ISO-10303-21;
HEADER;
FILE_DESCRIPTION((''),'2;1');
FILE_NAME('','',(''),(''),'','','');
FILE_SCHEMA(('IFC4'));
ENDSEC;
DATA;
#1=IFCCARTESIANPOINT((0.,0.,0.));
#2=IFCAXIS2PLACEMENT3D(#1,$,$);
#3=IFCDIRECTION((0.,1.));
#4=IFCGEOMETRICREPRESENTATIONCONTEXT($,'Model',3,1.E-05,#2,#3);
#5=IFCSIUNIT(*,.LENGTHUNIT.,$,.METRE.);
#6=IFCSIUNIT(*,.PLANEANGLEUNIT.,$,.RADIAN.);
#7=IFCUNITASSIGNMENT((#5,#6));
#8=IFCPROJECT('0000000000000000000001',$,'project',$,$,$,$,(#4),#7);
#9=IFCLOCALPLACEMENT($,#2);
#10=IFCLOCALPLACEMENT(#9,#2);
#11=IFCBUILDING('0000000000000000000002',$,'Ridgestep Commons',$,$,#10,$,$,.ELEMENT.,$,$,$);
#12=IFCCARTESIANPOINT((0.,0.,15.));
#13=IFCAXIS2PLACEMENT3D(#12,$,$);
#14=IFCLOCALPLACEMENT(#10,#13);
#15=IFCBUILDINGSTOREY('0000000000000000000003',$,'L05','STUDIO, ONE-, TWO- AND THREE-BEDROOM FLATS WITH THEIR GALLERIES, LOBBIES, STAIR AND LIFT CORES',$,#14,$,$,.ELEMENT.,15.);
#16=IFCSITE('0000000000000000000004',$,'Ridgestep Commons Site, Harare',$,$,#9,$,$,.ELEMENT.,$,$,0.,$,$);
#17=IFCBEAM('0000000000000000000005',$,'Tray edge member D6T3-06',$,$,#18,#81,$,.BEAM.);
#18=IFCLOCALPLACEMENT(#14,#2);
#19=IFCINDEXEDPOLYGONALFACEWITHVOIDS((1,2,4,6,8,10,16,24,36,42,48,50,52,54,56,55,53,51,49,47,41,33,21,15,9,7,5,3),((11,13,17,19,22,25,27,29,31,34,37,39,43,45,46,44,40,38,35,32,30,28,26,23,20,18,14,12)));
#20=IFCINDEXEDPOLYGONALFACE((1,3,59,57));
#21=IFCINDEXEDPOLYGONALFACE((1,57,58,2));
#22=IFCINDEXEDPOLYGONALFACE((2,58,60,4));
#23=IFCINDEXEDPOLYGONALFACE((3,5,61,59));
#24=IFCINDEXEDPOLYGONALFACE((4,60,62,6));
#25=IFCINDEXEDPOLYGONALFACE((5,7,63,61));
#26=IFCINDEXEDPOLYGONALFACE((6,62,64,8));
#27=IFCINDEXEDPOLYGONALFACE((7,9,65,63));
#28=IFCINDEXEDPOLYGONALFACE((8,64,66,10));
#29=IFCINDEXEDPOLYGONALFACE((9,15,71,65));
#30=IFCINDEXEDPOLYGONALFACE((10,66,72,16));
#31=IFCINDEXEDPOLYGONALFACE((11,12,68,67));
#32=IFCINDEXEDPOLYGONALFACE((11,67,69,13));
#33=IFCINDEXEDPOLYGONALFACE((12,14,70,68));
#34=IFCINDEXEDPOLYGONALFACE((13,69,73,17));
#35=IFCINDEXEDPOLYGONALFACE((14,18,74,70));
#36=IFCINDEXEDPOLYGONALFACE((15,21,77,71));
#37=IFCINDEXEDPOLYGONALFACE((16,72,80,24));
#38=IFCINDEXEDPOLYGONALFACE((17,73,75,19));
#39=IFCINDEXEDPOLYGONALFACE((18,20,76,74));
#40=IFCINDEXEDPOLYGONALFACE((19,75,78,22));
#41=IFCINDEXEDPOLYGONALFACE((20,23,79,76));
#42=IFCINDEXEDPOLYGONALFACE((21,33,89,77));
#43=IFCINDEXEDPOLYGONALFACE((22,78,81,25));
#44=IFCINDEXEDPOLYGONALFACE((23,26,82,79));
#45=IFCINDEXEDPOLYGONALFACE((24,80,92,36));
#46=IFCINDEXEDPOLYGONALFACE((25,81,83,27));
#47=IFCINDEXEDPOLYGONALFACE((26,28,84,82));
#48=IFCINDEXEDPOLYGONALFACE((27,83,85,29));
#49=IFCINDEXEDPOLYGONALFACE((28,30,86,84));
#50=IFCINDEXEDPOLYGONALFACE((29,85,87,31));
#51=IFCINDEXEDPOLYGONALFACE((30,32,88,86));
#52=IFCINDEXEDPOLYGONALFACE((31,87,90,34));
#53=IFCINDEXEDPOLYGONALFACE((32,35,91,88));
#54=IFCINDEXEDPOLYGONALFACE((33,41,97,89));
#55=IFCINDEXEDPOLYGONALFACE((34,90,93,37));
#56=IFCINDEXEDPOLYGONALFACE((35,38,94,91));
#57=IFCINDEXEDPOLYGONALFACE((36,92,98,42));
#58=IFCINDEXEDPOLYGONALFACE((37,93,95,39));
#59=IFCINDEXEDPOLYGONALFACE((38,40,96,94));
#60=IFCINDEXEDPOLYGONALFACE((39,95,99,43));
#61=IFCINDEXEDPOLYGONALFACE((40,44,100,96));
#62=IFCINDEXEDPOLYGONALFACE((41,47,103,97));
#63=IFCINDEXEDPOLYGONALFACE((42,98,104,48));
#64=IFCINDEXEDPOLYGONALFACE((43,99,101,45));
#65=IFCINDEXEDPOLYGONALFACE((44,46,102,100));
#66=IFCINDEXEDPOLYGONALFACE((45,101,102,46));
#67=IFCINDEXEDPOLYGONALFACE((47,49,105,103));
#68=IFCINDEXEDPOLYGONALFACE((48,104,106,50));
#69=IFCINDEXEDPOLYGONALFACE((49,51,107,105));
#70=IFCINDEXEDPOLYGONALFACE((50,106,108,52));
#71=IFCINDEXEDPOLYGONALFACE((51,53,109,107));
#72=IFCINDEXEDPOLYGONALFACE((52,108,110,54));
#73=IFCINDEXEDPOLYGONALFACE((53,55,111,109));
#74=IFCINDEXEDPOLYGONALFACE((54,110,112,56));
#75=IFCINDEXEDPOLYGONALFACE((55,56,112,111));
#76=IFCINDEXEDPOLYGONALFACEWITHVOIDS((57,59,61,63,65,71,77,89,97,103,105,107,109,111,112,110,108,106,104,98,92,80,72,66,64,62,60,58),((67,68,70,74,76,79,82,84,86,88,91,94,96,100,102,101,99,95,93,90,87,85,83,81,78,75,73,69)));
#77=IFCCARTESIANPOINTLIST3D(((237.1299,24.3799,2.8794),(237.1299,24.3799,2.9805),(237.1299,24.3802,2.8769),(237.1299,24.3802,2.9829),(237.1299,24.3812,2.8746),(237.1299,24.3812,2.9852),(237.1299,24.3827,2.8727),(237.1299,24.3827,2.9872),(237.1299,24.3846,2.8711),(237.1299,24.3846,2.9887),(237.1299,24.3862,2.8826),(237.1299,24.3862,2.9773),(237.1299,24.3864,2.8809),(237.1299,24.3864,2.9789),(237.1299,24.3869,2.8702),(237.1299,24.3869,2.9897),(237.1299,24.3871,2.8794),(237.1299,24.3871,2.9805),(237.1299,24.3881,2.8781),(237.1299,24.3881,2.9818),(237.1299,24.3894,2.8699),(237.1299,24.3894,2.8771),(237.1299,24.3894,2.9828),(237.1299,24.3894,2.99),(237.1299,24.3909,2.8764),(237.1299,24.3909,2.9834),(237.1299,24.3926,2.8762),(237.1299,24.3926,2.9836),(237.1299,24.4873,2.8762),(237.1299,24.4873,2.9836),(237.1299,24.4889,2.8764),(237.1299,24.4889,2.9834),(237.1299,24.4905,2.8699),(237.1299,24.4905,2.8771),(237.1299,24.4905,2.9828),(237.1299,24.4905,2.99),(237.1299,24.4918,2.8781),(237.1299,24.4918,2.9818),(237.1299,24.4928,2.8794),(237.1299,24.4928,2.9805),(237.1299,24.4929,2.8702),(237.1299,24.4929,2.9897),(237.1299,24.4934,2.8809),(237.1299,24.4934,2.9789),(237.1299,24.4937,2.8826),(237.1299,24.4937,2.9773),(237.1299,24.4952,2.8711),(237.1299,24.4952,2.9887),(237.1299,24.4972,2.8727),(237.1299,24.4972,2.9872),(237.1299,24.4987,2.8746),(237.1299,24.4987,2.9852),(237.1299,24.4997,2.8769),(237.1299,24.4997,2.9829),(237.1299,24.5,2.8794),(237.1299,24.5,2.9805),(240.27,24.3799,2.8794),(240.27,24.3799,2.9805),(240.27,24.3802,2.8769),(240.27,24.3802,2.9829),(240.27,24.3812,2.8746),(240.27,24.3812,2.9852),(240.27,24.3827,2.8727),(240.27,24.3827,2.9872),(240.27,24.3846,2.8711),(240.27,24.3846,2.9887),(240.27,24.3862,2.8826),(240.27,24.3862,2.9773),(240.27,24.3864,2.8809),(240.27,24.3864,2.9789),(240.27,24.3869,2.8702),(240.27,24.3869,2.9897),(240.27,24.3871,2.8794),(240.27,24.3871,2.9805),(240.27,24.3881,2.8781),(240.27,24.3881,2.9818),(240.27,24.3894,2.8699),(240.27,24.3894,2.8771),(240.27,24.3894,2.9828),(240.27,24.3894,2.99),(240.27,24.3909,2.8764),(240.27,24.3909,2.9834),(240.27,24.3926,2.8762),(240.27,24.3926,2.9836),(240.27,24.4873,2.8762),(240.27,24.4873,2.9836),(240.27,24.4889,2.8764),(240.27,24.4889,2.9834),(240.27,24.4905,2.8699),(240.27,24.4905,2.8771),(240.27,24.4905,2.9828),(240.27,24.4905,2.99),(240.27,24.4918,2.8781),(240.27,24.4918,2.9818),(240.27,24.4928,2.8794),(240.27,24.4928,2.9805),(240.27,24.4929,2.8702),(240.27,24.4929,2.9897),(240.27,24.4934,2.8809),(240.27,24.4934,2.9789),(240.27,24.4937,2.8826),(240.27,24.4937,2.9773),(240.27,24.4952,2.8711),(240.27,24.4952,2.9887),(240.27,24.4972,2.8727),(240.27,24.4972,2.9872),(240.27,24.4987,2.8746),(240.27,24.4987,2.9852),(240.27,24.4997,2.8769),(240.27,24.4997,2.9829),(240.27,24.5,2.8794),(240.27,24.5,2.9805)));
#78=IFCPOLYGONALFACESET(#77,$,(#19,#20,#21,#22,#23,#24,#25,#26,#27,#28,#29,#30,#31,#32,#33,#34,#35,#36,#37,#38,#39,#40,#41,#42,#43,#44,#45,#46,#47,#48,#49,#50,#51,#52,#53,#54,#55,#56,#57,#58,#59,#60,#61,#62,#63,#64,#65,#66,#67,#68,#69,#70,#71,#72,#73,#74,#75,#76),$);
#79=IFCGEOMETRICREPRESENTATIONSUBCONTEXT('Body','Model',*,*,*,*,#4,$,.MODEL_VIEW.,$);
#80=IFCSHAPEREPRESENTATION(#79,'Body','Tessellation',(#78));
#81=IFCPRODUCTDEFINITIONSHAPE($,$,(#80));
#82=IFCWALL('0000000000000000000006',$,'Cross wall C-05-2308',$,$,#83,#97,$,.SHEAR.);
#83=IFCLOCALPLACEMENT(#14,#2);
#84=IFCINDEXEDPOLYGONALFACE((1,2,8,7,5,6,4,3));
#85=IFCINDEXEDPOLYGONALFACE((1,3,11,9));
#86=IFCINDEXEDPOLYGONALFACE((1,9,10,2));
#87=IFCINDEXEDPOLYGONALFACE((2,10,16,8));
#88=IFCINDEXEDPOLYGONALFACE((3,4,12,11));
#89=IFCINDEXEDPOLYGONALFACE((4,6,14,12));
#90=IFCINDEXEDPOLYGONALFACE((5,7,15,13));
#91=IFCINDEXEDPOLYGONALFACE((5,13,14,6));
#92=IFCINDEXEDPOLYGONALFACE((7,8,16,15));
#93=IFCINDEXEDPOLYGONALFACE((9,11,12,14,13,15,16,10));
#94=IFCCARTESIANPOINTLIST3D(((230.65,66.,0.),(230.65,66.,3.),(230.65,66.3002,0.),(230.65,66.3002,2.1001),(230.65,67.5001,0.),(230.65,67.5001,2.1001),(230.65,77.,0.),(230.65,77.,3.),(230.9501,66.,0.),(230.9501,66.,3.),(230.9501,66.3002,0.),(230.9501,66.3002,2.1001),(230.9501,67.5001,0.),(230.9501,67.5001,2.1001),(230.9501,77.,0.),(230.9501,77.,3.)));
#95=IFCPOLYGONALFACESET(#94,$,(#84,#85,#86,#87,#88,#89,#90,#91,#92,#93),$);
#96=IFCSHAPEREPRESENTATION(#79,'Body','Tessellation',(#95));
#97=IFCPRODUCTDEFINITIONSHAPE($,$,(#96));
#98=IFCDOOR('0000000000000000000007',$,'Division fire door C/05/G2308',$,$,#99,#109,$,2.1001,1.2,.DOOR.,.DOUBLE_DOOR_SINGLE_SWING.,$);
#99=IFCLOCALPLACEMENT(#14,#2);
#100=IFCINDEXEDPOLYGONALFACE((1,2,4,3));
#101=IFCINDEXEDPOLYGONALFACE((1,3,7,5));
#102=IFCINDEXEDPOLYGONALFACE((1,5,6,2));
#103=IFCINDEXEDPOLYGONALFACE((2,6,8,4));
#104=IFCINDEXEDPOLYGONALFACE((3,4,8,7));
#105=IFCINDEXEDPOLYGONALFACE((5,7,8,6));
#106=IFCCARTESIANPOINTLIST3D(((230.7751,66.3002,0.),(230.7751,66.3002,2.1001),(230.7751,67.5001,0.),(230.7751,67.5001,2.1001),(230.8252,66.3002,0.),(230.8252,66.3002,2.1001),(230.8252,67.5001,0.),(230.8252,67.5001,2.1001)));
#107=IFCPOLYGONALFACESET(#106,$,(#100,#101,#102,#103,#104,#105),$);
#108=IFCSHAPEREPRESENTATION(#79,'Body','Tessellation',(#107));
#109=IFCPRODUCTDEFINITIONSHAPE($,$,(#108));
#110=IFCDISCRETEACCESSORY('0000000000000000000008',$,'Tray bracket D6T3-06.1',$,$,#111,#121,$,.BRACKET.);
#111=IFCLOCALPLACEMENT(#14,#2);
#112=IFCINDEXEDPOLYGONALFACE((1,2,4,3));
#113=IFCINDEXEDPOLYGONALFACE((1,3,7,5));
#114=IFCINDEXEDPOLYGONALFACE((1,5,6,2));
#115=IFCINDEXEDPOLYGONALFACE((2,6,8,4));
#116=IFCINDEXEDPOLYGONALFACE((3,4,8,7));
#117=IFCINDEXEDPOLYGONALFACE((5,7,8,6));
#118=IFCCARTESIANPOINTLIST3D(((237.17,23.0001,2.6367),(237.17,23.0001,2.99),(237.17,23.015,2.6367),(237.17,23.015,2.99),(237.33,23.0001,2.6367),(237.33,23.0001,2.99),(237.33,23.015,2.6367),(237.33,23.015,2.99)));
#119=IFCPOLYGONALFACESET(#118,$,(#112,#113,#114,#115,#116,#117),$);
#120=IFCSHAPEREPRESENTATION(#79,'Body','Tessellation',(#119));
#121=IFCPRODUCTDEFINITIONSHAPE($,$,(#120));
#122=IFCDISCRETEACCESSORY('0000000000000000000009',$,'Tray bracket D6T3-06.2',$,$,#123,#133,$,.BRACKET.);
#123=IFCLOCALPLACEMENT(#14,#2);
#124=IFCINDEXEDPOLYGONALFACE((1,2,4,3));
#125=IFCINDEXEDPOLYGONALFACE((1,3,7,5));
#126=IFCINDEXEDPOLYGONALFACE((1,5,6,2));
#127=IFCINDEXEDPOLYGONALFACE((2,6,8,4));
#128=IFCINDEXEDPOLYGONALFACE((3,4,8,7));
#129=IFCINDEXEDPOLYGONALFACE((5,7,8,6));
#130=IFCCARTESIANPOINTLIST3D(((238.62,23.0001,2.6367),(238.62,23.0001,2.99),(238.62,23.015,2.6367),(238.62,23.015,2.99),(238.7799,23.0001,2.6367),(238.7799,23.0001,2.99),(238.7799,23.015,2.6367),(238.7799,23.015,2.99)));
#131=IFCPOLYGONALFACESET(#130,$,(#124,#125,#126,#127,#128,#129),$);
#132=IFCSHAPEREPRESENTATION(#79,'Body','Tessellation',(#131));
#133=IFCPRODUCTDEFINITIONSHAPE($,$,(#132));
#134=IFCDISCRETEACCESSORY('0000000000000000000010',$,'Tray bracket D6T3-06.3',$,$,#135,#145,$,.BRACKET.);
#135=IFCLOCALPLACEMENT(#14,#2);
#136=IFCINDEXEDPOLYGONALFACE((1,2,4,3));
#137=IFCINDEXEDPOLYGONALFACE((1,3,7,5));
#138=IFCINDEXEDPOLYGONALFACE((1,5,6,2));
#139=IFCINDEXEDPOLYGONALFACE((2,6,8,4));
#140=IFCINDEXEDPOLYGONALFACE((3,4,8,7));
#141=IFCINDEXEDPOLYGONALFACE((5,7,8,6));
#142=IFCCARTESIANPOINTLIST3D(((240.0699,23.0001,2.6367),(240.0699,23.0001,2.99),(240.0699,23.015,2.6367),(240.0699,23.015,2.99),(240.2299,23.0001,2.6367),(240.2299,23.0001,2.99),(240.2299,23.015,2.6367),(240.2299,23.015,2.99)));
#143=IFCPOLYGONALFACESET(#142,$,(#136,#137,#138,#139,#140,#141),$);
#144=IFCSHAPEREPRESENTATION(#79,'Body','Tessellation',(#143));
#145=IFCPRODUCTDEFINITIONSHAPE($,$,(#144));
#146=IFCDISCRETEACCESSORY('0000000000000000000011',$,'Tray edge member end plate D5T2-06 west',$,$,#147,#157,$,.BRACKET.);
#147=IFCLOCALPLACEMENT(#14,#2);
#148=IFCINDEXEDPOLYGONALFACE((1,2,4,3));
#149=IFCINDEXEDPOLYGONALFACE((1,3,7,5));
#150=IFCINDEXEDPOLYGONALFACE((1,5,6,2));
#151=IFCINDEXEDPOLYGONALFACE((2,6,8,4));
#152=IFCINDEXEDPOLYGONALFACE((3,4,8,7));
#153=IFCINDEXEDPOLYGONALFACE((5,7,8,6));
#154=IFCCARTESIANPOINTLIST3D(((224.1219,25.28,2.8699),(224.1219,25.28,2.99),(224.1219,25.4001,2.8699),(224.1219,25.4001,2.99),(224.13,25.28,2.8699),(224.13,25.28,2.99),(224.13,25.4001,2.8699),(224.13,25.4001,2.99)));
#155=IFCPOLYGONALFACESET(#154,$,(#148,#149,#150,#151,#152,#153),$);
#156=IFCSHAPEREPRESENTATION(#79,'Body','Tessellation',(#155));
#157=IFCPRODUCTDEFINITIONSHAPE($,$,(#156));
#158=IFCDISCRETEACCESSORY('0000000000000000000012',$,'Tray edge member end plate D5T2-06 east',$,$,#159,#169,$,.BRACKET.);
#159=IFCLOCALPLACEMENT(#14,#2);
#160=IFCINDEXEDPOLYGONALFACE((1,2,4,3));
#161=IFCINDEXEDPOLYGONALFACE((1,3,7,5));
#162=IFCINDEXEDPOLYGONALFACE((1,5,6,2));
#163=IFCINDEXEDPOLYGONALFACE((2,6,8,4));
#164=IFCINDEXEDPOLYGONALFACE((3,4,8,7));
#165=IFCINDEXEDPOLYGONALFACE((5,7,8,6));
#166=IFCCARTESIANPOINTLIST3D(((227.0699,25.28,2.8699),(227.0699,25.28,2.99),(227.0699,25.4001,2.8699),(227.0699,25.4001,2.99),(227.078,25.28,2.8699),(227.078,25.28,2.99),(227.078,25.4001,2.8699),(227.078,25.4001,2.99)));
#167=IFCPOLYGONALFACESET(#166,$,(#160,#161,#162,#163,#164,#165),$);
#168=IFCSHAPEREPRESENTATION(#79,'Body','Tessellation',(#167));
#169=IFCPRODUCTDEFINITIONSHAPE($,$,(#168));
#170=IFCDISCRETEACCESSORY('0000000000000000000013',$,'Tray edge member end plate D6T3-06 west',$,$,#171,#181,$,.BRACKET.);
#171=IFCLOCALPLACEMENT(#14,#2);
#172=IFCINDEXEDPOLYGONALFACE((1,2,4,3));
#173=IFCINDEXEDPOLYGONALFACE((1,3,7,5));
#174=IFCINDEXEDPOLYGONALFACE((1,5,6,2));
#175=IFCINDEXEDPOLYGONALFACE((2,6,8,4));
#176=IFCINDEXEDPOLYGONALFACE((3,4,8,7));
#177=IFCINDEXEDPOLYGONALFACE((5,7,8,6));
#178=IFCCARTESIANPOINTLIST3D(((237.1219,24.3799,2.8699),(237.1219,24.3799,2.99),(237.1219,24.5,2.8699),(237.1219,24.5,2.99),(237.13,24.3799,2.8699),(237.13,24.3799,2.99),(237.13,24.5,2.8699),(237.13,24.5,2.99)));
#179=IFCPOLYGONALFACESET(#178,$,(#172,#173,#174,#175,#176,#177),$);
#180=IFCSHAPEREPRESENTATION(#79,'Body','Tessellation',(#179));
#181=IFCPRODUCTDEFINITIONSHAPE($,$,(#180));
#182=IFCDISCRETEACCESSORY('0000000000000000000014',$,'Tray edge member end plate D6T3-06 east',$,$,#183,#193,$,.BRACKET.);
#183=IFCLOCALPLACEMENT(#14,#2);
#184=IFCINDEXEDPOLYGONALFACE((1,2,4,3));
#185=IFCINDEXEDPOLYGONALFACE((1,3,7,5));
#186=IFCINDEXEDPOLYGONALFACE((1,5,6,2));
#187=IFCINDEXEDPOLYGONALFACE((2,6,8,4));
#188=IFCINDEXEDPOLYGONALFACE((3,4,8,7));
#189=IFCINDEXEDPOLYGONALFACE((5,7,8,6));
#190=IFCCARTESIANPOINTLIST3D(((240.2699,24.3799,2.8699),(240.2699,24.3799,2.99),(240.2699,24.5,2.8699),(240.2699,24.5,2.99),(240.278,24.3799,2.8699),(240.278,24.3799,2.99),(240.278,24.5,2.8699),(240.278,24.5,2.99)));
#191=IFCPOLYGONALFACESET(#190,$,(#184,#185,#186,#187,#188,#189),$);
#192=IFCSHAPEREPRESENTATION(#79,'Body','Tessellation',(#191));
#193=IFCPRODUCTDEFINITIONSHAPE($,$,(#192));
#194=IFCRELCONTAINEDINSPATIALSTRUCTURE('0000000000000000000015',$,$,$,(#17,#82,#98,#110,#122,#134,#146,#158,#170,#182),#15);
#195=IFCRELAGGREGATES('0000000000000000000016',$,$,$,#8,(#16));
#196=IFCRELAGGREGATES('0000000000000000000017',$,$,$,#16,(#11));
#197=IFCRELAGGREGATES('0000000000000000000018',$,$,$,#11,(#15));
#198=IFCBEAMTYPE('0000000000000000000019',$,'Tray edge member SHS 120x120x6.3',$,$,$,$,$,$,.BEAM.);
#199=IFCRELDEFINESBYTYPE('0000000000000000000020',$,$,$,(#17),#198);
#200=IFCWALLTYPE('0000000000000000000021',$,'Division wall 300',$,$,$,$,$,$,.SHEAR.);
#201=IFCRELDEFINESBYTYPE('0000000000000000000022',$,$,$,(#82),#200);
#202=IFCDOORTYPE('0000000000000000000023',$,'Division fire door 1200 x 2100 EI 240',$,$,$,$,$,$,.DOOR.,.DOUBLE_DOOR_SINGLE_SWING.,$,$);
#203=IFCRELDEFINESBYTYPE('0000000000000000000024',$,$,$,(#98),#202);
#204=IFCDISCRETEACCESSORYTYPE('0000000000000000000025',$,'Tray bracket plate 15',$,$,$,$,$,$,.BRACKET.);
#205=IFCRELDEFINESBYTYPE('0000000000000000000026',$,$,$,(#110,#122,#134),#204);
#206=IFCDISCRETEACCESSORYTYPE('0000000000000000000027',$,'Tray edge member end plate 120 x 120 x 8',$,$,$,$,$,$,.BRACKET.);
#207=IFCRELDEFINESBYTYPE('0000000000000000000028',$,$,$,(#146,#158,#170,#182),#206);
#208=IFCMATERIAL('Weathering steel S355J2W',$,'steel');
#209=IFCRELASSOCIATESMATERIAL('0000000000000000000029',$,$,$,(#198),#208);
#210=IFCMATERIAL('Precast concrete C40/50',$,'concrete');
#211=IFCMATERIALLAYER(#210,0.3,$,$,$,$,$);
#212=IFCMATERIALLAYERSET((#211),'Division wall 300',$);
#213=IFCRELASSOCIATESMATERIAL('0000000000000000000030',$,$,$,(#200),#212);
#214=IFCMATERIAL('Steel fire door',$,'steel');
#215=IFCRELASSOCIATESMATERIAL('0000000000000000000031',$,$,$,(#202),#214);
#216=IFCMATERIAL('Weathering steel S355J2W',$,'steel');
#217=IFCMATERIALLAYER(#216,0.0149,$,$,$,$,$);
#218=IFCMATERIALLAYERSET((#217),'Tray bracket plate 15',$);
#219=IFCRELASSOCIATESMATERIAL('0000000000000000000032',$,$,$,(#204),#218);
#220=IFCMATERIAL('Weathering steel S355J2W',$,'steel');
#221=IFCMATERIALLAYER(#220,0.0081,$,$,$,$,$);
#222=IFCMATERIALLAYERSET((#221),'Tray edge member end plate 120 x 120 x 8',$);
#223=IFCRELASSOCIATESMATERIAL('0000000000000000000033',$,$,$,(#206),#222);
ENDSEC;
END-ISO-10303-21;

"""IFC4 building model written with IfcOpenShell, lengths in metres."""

from ifc_helpers import new_model, si_unit, direction, frame, frame_2d, origin, origin_2d, place, context, subcontext, project, spatial, rectangle, hollow_rectangle, extrude, material, layer, layer_set, material_profile, profile_set, type_object, element, fill, save


model = new_model("IFC4")

# Units and contexts
model_context = context("Model", 3, precision=1e-05, world=origin(), true_north=direction((0.0, 1.0)))
body_context = subcontext(model_context, "Body", "Model", "MODEL_VIEW")
ifc_project = project(units=[si_unit("LENGTHUNIT", "METRE"), si_unit("PLANEANGLEUNIT", "RADIAN")], contexts=[model_context])

# Site, building, storey
site_placement = place(None, origin())
site = spatial("IfcSite", under=ifc_project, at=site_placement, Name="Ridgestep Commons Site, Harare", CompositionType="ELEMENT", RefElevation=0.0)
building_placement = place(site_placement, origin())
building = spatial("IfcBuilding", under=site, at=building_placement, Name="Ridgestep Commons", CompositionType="ELEMENT")
storey_placement = place(building_placement, frame((0.0, 0.0, 15.0)))
storey = spatial("IfcBuildingStorey", under=building, at=storey_placement, Name="L05", Description="STUDIO, ONE-, TWO- AND THREE-BEDROOM FLATS WITH THEIR GALLERIES, LOBBIES, STAIR AND LIFT CORES", CompositionType="ELEMENT", Elevation=15.0)

# Beam
ifc_material_1 = material(Name="Weathering steel S355J2W", Category="steel")
ifc_material_profile_1 = material_profile(ifc_material_1, hollow_rectangle(XDim=0.1201, YDim=0.1201, WallThickness=0.0063, InnerFilletRadius=0.0063, OuterFilletRadius=0.0095, at=origin_2d()), Name="SHS 120x120x6.3")
ifc_profile_set_1 = profile_set([ifc_material_profile_1], Name="Weathering steel S355J2W")
beam_type_1 = type_object("IfcBeamType", Name="Tray edge member SHS 120x120x6.3", PredefinedType="BEAM", material=ifc_profile_set_1)
beam_1_placement = place(storey_placement, frame((237.1299, 24.4399, 2.9299), z_axis=(1.0, 0.0, 0.0), x_axis=(0.0, 0.0, 1.0)))
element("IfcBeam", 1, at=beam_1_placement, inside=storey, type_object=beam_type_1, Name="Tray edge member D6T3-06", PredefinedType="BEAM", context=body_context, shape_type="SweptSolid", body=[
    extrude(hollow_rectangle(XDim=0.1201, YDim=0.1201, WallThickness=0.0063, InnerFilletRadius=0.0063, OuterFilletRadius=0.0095, at=origin_2d()), origin(), (0.0, 0.0, 1.0), 3.1401),
])

# Wall, opening, door
ifc_material_2 = material(Name="Precast concrete C40/50", Category="concrete")
ifc_layer_1 = layer(ifc_material_2, 0.3)
ifc_layer_set_1 = layer_set([ifc_layer_1], Name="Division wall 300")
wall_type = type_object("IfcWallType", Name="Division wall 300", PredefinedType="SHEAR", material=ifc_layer_set_1)
wall_placement = place(storey_placement, frame((230.8, 66.0, 0.0), z_axis=(0.0, 0.0, 1.0), x_axis=(0.0, 1.0, 0.0)))
wall = element("IfcWall", 2, at=wall_placement, inside=storey, type_object=wall_type, Name="Cross wall C-05-2308", PredefinedType="SHEAR", context=body_context, shape_type="SweptSolid", body=[
    extrude(rectangle(XDim=11.0, YDim=0.3, at=frame_2d((5.5, 0.0))), origin(), (0.0, 0.0, 1.0), 3.0),
])
opening_placement = place(wall_placement, frame((0.3, 0.0, 0.0)))
opening = element("IfcOpeningElement", 3, at=opening_placement, cuts=wall, PredefinedType="OPENING", context=body_context, shape_type="SweptSolid", body=[
    extrude(rectangle(XDim=1.2, YDim=2.1001, at=frame_2d((0.6001, 1.05))), frame((0.0, 0.1599, 0.0), z_axis=(0.0, -1.0, 0.0), x_axis=(1.0, 0.0, 0.0)), (0.0, 0.0, 1.0), 0.3201),
])
ifc_material_3 = material(Name="Steel fire door", Category="steel")
door_type = type_object("IfcDoorType", Name="Division fire door 1200 x 2100 EI 240", OperationType="DOUBLE_DOOR_SINGLE_SWING", PredefinedType="DOOR", material=ifc_material_3)
door_placement = place(opening_placement, origin())
door = element("IfcDoor", 4, at=door_placement, inside=storey, type_object=door_type, Name="Division fire door C/05/G2308", OperationType="DOUBLE_DOOR_SINGLE_SWING", OverallHeight=2.1001, OverallWidth=1.2, PredefinedType="DOOR", context=body_context, shape_type="SweptSolid", body=[
    extrude(rectangle(XDim=1.2, YDim=2.1001, at=frame_2d((0.6001, 1.05))), frame((0.0, 0.0249, 0.0), z_axis=(0.0, -1.0, 0.0), x_axis=(1.0, 0.0, 0.0)), (0.0, 0.0, 1.0), 0.05),
])
fill(opening, door)

# Discrete accessories
ifc_material_4 = material(Name="Weathering steel S355J2W", Category="steel")
ifc_layer_2 = layer(ifc_material_4, 0.0149)
ifc_layer_set_2 = layer_set([ifc_layer_2], Name="Tray bracket plate 15")
discrete_accessory_type_1 = type_object("IfcDiscreteAccessoryType", Name="Tray bracket plate 15", PredefinedType="BRACKET", material=ifc_layer_set_2)
for number, where, z_axis, x_axis, name in (
    (5, (237.25, 23.0076, 2.6367), (0.0, 0.0, 1.0), (1.0, 0.0, 0.0), "Tray bracket D6T3-06.1"),
    (6, (238.7, 23.0076, 2.6367), (0.0, 0.0, 1.0), (1.0, 0.0, 0.0), "Tray bracket D6T3-06.2"),
    (7, (240.1499, 23.0076, 2.6367), (0.0, 0.0, 1.0), (1.0, 0.0, 0.0), "Tray bracket D6T3-06.3"),
):
    element("IfcDiscreteAccessory", number, at=place(storey_placement, frame(where, z_axis=z_axis, x_axis=x_axis)), inside=storey, type_object=discrete_accessory_type_1, Name=name, PredefinedType="BRACKET", context=body_context, shape_type="SweptSolid", body=[
        extrude(rectangle(XDim=0.1599, YDim=0.0149, at=origin_2d()), origin(), (0.0, 0.0, 1.0), 0.3533),
    ])
ifc_material_5 = material(Name="Weathering steel S355J2W", Category="steel")
ifc_layer_3 = layer(ifc_material_5, 0.0081)
ifc_layer_set_3 = layer_set([ifc_layer_3], Name="Tray edge member end plate 120 x 120 x 8")
discrete_accessory_type_2 = type_object("IfcDiscreteAccessoryType", Name="Tray edge member end plate 120 x 120 x 8", PredefinedType="BRACKET", material=ifc_layer_set_3)
for number, where, z_axis, x_axis, name in (
    (8, (224.126, 25.3401, 2.8699), (0.0, 0.0, 1.0), (1.0, 0.0, 0.0), "Tray edge member end plate D5T2-06 west"),
    (9, (227.074, 25.3401, 2.8699), (0.0, 0.0, 1.0), (1.0, 0.0, 0.0), "Tray edge member end plate D5T2-06 east"),
    (10, (237.126, 24.4399, 2.8699), (0.0, 0.0, 1.0), (1.0, 0.0, 0.0), "Tray edge member end plate D6T3-06 west"),
    (11, (240.2739, 24.4399, 2.8699), (0.0, 0.0, 1.0), (1.0, 0.0, 0.0), "Tray edge member end plate D6T3-06 east"),
):
    element("IfcDiscreteAccessory", number, at=place(storey_placement, frame(where, z_axis=z_axis, x_axis=x_axis)), inside=storey, type_object=discrete_accessory_type_2, Name=name, PredefinedType="BRACKET", context=body_context, shape_type="SweptSolid", body=[
        extrude(rectangle(XDim=0.0081, YDim=0.1201, at=origin_2d()), origin(), (0.0, 0.0, 1.0), 0.1201),
    ])

save(model, "model.ifc")
